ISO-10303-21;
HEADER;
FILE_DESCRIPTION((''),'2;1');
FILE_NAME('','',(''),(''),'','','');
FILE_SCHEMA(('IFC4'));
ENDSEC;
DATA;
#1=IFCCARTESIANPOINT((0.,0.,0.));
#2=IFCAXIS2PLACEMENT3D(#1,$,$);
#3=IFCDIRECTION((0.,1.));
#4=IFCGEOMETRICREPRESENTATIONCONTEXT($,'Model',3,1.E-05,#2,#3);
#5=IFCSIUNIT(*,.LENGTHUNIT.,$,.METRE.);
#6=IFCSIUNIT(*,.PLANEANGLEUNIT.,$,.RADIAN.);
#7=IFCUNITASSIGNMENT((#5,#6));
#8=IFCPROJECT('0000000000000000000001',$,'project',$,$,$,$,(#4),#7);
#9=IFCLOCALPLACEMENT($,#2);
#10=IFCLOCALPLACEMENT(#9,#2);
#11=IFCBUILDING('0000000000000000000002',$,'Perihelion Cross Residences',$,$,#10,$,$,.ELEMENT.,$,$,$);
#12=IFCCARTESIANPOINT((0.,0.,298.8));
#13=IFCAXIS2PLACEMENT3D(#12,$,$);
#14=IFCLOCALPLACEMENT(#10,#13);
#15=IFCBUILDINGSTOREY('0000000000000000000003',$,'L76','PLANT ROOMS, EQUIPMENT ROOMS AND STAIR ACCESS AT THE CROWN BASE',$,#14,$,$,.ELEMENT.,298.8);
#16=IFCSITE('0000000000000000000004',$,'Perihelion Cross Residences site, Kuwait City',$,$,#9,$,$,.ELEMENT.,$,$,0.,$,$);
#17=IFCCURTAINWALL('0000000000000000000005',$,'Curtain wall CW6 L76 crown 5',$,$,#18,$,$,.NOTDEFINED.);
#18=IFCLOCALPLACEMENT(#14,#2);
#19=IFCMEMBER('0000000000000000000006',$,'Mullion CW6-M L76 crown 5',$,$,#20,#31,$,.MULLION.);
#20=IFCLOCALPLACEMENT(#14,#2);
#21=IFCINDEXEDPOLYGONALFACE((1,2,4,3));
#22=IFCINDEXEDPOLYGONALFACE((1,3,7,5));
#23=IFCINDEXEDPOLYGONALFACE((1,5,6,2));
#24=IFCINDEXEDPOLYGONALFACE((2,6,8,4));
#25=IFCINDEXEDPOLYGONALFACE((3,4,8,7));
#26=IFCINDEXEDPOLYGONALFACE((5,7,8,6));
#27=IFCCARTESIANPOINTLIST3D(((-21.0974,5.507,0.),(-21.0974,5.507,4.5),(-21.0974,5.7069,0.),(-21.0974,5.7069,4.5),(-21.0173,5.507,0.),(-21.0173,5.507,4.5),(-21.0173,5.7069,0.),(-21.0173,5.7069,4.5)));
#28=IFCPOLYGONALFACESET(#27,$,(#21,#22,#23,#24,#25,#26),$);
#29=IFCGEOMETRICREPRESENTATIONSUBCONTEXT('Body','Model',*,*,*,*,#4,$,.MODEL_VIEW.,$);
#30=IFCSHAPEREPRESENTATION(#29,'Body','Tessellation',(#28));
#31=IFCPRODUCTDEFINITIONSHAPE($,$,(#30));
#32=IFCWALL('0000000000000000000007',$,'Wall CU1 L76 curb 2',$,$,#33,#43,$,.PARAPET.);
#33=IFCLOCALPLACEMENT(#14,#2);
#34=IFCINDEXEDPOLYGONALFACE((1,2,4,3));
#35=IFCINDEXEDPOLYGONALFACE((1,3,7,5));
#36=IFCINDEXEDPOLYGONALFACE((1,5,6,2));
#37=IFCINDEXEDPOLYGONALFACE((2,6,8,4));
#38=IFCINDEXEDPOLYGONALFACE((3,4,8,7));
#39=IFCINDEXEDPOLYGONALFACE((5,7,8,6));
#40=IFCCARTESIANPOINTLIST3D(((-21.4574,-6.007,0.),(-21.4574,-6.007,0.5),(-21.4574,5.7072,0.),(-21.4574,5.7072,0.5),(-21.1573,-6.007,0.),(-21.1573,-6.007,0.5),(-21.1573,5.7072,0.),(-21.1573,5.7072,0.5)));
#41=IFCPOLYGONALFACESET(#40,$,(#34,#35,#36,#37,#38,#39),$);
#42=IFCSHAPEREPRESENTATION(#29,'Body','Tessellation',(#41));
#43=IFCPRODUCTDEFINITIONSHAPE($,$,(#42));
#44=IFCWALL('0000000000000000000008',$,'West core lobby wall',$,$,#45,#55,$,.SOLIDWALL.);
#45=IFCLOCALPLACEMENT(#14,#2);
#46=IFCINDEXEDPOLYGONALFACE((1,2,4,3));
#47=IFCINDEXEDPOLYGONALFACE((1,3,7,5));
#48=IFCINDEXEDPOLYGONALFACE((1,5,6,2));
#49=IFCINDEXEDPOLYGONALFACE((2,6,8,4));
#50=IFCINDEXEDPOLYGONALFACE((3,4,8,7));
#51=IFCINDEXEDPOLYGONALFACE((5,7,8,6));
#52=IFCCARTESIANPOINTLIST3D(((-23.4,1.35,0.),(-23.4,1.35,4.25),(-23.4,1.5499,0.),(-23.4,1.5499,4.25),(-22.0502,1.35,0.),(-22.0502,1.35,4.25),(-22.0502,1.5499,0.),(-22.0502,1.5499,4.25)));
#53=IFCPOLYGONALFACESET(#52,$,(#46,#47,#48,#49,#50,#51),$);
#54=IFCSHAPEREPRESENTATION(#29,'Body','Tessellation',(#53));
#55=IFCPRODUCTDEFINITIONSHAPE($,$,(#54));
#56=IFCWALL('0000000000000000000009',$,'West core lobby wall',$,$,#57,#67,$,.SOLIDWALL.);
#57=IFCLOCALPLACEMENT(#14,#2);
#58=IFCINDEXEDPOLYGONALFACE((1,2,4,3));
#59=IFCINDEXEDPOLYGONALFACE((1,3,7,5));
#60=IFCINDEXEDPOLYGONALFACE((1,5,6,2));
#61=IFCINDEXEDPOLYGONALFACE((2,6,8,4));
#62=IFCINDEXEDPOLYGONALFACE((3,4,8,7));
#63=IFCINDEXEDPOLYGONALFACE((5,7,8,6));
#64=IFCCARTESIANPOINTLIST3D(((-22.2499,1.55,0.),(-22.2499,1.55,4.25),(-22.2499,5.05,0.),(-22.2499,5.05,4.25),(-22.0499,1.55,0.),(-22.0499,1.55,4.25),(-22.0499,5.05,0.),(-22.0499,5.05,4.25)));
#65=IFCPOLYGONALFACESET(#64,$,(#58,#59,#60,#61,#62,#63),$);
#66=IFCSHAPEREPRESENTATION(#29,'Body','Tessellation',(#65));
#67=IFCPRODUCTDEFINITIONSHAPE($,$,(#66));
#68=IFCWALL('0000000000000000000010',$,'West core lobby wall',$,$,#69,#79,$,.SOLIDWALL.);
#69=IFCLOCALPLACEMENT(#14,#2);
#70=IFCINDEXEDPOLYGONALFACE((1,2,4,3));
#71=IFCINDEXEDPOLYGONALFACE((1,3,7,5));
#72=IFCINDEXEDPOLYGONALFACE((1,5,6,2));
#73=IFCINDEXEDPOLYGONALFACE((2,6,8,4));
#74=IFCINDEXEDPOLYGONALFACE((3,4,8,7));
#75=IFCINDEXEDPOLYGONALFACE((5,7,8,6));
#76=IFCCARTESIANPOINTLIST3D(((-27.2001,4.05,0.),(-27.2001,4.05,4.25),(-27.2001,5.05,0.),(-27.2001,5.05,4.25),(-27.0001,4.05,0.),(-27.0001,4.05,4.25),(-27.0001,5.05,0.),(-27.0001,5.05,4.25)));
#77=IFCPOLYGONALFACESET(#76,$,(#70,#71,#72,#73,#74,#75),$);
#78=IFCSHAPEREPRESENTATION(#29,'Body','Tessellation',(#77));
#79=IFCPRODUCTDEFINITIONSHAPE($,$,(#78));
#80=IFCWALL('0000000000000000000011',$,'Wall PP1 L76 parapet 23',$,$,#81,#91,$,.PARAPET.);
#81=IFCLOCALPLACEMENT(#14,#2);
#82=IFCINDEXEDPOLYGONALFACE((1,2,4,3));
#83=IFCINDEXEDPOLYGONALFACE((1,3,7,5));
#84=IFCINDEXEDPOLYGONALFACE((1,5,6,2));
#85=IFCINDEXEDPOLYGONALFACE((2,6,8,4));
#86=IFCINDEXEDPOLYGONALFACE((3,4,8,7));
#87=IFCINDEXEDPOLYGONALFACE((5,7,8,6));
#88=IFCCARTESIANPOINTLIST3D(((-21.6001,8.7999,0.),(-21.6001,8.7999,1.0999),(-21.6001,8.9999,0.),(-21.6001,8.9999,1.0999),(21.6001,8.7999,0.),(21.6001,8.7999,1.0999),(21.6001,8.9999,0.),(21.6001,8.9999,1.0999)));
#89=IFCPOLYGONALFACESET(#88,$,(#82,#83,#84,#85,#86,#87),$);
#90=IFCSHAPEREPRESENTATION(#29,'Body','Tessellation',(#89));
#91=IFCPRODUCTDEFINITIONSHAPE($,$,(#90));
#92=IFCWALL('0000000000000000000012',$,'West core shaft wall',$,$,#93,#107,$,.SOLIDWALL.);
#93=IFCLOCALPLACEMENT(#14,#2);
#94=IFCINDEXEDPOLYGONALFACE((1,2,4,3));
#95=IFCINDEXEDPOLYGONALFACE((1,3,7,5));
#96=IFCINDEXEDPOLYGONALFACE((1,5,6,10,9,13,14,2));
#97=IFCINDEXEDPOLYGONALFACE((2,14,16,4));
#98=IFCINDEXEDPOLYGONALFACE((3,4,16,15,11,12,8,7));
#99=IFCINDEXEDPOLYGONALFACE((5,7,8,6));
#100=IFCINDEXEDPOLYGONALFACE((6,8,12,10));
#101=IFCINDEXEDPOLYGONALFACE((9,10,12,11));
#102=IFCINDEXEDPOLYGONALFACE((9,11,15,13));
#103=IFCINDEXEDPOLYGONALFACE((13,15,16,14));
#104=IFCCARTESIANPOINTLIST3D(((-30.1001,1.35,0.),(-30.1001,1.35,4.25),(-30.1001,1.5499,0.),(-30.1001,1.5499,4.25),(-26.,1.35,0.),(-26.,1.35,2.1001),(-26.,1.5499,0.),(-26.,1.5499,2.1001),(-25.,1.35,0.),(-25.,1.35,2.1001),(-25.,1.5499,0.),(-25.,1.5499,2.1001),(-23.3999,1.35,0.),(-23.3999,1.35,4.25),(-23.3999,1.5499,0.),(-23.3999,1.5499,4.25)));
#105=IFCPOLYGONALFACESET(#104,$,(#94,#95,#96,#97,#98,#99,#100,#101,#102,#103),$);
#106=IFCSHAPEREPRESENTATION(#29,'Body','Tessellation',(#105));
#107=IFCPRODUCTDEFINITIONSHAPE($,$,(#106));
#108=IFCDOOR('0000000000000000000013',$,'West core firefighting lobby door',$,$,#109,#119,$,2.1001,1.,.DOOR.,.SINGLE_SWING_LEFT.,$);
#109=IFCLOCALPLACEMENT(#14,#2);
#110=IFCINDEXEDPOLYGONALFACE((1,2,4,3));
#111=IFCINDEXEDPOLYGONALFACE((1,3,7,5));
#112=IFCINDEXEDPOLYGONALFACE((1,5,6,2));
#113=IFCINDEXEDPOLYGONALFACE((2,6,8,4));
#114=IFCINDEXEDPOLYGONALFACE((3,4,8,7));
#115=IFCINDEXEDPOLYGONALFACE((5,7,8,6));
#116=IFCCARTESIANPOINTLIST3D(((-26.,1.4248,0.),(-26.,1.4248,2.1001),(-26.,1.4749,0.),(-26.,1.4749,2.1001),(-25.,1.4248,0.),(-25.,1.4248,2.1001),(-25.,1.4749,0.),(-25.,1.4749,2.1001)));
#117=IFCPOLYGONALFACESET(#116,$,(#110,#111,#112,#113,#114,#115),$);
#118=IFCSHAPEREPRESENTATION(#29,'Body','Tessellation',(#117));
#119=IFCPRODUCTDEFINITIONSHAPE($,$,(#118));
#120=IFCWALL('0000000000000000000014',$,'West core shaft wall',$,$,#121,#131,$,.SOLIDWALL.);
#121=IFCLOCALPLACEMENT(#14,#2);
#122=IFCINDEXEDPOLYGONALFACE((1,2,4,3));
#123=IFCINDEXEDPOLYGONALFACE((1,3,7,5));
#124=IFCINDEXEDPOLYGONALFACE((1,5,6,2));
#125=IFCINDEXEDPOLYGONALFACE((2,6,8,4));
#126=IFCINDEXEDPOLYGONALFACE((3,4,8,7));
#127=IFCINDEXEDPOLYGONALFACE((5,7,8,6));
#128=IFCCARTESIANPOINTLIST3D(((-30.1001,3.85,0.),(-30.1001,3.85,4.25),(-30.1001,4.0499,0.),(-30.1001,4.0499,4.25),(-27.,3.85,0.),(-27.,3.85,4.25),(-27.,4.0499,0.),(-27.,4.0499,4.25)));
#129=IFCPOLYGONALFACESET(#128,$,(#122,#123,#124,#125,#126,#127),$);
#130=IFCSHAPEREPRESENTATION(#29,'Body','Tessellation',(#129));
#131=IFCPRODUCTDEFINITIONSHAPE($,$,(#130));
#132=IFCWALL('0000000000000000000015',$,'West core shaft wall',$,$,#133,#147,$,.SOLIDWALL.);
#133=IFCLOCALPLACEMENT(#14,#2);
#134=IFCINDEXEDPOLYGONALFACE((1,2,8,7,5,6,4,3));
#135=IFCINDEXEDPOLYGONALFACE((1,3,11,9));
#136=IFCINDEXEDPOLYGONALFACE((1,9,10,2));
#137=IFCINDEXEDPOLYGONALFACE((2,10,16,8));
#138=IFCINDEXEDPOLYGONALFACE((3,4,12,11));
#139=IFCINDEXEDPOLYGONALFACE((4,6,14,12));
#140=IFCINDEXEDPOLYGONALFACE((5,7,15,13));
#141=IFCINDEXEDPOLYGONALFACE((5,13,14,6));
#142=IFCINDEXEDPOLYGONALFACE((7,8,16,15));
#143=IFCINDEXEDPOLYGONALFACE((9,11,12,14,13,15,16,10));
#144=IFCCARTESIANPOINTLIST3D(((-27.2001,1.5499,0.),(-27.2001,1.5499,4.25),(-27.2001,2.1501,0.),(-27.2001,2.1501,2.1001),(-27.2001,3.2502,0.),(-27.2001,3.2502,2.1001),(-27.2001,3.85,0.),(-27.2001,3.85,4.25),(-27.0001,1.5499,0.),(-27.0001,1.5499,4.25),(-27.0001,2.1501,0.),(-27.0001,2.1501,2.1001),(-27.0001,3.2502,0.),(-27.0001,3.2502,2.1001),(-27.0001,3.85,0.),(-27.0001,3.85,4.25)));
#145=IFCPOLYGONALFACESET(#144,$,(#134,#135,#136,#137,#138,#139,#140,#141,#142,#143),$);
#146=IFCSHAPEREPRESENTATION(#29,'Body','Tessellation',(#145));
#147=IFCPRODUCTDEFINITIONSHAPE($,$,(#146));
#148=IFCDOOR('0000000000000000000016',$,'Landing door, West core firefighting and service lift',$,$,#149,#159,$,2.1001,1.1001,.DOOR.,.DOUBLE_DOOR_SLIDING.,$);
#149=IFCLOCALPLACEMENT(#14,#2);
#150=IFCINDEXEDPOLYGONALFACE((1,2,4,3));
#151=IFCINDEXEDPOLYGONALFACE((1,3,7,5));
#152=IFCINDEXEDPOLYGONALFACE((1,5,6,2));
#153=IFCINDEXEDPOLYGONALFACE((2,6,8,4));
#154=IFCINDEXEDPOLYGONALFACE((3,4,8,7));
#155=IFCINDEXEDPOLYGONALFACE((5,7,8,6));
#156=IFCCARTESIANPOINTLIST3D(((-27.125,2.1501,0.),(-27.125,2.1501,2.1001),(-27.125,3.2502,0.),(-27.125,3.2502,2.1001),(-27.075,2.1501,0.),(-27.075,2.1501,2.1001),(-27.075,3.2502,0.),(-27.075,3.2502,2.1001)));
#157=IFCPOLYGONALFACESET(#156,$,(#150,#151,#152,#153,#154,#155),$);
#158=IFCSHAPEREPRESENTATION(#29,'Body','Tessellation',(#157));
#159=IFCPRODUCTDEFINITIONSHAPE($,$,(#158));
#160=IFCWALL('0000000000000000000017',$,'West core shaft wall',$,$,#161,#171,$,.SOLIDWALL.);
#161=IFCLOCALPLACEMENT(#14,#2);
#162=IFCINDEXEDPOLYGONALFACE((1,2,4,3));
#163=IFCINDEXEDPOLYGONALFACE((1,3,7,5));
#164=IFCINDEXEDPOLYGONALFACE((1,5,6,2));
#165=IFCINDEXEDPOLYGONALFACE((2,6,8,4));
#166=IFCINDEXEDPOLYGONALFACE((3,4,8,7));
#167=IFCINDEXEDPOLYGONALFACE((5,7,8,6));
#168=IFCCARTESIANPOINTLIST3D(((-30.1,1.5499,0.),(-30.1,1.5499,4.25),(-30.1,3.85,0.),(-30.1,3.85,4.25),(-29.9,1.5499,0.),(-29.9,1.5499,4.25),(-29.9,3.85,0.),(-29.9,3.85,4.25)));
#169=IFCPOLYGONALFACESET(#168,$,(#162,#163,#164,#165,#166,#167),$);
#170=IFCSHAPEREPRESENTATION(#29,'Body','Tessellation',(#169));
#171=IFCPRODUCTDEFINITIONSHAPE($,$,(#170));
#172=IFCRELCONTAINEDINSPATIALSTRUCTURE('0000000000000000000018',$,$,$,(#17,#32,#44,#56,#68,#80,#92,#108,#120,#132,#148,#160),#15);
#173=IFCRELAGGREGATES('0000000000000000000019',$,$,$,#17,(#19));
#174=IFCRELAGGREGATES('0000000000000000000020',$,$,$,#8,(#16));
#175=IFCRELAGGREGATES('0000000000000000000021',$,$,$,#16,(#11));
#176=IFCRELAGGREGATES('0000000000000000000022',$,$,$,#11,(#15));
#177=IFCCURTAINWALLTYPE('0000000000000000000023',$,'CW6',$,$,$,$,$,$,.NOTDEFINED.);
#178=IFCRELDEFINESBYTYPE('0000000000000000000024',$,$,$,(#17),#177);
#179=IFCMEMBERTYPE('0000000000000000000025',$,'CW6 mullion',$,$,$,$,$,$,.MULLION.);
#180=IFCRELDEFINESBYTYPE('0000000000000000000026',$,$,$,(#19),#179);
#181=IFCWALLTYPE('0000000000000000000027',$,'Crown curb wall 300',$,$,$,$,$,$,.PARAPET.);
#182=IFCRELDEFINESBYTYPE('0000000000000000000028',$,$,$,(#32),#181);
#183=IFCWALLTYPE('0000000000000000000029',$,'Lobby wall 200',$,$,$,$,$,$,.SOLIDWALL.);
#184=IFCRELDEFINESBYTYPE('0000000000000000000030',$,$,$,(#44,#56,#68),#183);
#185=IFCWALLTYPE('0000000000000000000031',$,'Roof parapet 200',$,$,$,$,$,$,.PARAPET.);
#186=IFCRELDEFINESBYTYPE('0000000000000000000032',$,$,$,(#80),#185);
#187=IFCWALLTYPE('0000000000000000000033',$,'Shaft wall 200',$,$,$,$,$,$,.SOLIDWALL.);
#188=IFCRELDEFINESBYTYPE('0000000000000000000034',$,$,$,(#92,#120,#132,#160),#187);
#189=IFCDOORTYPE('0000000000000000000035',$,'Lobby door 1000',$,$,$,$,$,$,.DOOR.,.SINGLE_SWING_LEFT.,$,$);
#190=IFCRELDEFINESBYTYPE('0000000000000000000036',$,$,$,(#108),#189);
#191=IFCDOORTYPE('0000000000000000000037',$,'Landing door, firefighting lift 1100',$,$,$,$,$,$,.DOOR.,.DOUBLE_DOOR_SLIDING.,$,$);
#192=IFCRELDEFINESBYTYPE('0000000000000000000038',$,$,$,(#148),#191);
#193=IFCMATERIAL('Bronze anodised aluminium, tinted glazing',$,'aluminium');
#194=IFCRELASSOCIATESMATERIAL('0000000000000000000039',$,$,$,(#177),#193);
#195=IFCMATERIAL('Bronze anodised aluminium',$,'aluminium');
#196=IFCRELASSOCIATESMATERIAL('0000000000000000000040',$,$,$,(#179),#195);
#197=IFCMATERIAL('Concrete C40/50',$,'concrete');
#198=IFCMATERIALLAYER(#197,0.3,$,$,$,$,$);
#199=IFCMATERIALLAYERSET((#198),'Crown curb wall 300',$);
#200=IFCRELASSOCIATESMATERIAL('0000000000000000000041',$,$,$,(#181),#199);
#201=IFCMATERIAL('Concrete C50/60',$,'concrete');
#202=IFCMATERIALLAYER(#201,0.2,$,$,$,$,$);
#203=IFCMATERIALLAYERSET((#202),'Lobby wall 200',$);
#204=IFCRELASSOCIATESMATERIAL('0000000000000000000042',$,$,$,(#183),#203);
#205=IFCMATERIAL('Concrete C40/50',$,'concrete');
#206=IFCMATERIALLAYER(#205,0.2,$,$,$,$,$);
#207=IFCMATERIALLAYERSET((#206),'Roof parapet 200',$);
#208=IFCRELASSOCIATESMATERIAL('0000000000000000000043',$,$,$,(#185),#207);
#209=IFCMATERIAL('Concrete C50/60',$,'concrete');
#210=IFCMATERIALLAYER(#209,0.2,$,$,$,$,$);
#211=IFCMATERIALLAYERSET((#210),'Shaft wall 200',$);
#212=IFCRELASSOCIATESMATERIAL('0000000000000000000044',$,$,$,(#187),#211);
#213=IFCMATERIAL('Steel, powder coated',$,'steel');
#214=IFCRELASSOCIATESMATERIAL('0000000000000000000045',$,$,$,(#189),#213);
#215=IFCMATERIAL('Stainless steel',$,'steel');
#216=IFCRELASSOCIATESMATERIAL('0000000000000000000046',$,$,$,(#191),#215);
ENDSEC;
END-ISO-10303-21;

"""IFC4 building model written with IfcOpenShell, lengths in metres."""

from ifc_helpers import new_model, si_unit, direction, frame, frame_2d, origin, origin_2d, place, context, subcontext, project, spatial, rectangle, extrude, material, layer, layer_set, material_profile, profile_set, type_object, element, fill, aggregate, save


model = new_model("IFC4")

# Units and contexts
model_context = context("Model", 3, precision=1e-05, world=origin(), true_north=direction((0.0, 1.0)))
body_context = subcontext(model_context, "Body", "Model", "MODEL_VIEW")
ifc_project = project(units=[si_unit("LENGTHUNIT", "METRE"), si_unit("PLANEANGLEUNIT", "RADIAN")], contexts=[model_context])

# Site, building, storey
site_placement = place(None, origin())
site = spatial("IfcSite", under=ifc_project, at=site_placement, Name="Perihelion Cross Residences site, Kuwait City", CompositionType="ELEMENT", RefElevation=0.0)
building_placement = place(site_placement, origin())
building = spatial("IfcBuilding", under=site, at=building_placement, Name="Perihelion Cross Residences", CompositionType="ELEMENT")
storey_placement = place(building_placement, frame((0.0, 0.0, 298.8)))
storey = spatial("IfcBuildingStorey", under=building, at=storey_placement, Name="L76", Description="PLANT ROOMS, EQUIPMENT ROOMS AND STAIR ACCESS AT THE CROWN BASE", CompositionType="ELEMENT", Elevation=298.8)

# Curtain wall, member
ifc_material_1 = material(Name="Bronze anodised aluminium, tinted glazing", Category="aluminium")
curtain_wall_type = type_object("IfcCurtainWallType", Name="CW6", PredefinedType="NOTDEFINED", material=ifc_material_1)
curtain_wall_placement = place(storey_placement, origin())
curtain_wall = element("IfcCurtainWall", 1, at=curtain_wall_placement, inside=storey, type_object=curtain_wall_type, Name="Curtain wall CW6 L76 crown 5", PredefinedType="NOTDEFINED")
ifc_material_2 = material(Name="Bronze anodised aluminium", Category="aluminium")
ifc_material_profile = material_profile(ifc_material_2, rectangle(XDim=0.0801, YDim=0.2, at=origin_2d()), Name="CW6 mullion")
ifc_profile_set = profile_set([ifc_material_profile], Name="Bronze anodised aluminium")
member_type = type_object("IfcMemberType", Name="CW6 mullion", PredefinedType="MULLION", material=ifc_profile_set)
member_placement = place(storey_placement, frame((-21.0574, 5.6069, 0.0), z_axis=(0.0, 0.0, 1.0), x_axis=(1.0, 0.0, 0.0)))
member = element("IfcMember", 2, at=member_placement, type_object=member_type, Name="Mullion CW6-M L76 crown 5", PredefinedType="MULLION", context=body_context, shape_type="SweptSolid", body=[
    extrude(rectangle(XDim=0.0801, YDim=0.2, at=origin_2d()), origin(), (0.0, 0.0, 1.0), 4.5),
])
aggregate(curtain_wall, [member])

# Walls
ifc_material_3 = material(Name="Concrete C40/50", Category="concrete")
ifc_layer_1 = layer(ifc_material_3, 0.3)
ifc_layer_set_1 = layer_set([ifc_layer_1], Name="Crown curb wall 300")
wall_type_1 = type_object("IfcWallType", Name="Crown curb wall 300", PredefinedType="PARAPET", material=ifc_layer_set_1)
wall_1_placement = place(storey_placement, frame((-21.3074, 5.707, 0.0), z_axis=(0.0, 0.0, 1.0), x_axis=(0.0, -1.0, 0.0)))
element("IfcWall", 3, at=wall_1_placement, inside=storey, type_object=wall_type_1, Name="Wall CU1 L76 curb 2", PredefinedType="PARAPET", context=body_context, shape_type="SweptSolid", body=[
    extrude(rectangle(XDim=11.7141, YDim=0.3, at=frame_2d((5.8569, 0.0))), origin(), (0.0, 0.0, 1.0), 0.5),
])
ifc_material_4 = material(Name="Concrete C50/60", Category="concrete")
ifc_layer_2 = layer(ifc_material_4, 0.2)
ifc_layer_set_2 = layer_set([ifc_layer_2], Name="Lobby wall 200")
wall_type_2 = type_object("IfcWallType", Name="Lobby wall 200", PredefinedType="SOLIDWALL", material=ifc_layer_set_2)
wall_2_placement = place(storey_placement, frame((-23.3999, 1.45, 0.0), z_axis=(0.0, 0.0, 1.0), x_axis=(1.0, 0.0, 0.0)))
element("IfcWall", 4, at=wall_2_placement, inside=storey, type_object=wall_type_2, Name="West core lobby wall", PredefinedType="SOLIDWALL", context=body_context, shape_type="SweptSolid", body=[
    extrude(rectangle(XDim=1.3499, YDim=0.2, at=frame_2d((0.6748, 0.0))), origin(), (0.0, 0.0, 1.0), 4.25),
])
wall_3_placement = place(storey_placement, frame((-22.1499, 1.55, 0.0), z_axis=(0.0, 0.0, 1.0), x_axis=(0.0, 1.0, 0.0)))
element("IfcWall", 5, at=wall_3_placement, inside=storey, type_object=wall_type_2, Name="West core lobby wall", PredefinedType="SOLIDWALL", context=body_context, shape_type="SweptSolid", body=[
    extrude(rectangle(XDim=3.5, YDim=0.2, at=frame_2d((1.75, 0.0))), origin(), (0.0, 0.0, 1.0), 4.25),
])
wall_4_placement = place(storey_placement, frame((-27.1001, 4.05, 0.0), z_axis=(0.0, 0.0, 1.0), x_axis=(0.0, 1.0, 0.0)))
element("IfcWall", 6, at=wall_4_placement, inside=storey, type_object=wall_type_2, Name="West core lobby wall", PredefinedType="SOLIDWALL", context=body_context, shape_type="SweptSolid", body=[
    extrude(rectangle(XDim=1.0, YDim=0.2, at=frame_2d((0.5, 0.0))), origin(), (0.0, 0.0, 1.0), 4.25),
])
ifc_material_5 = material(Name="Concrete C40/50", Category="concrete")
ifc_layer_3 = layer(ifc_material_5, 0.2)
ifc_layer_set_3 = layer_set([ifc_layer_3], Name="Roof parapet 200")
wall_type_3 = type_object("IfcWallType", Name="Roof parapet 200", PredefinedType="PARAPET", material=ifc_layer_set_3)
wall_5_placement = place(storey_placement, frame((-21.6001, 8.8999, 0.0), z_axis=(0.0, 0.0, 1.0), x_axis=(1.0, 0.0, 0.0)))
element("IfcWall", 7, at=wall_5_placement, inside=storey, type_object=wall_type_3, Name="Wall PP1 L76 parapet 23", PredefinedType="PARAPET", context=body_context, shape_type="SweptSolid", body=[
    extrude(rectangle(XDim=43.2002, YDim=0.2, at=frame_2d((21.6001, 0.0))), origin(), (0.0, 0.0, 1.0), 1.0999),
])

# Wall, opening, door
ifc_material_6 = material(Name="Concrete C50/60", Category="concrete")
ifc_layer_4 = layer(ifc_material_6, 0.2)
ifc_layer_set_4 = layer_set([ifc_layer_4], Name="Shaft wall 200")
wall_type_4 = type_object("IfcWallType", Name="Shaft wall 200", PredefinedType="SOLIDWALL", material=ifc_layer_set_4)
wall_6_placement = place(storey_placement, frame((-30.1001, 1.45, 0.0), z_axis=(0.0, 0.0, 1.0), x_axis=(1.0, 0.0, 0.0)))
wall_6 = element("IfcWall", 8, at=wall_6_placement, inside=storey, type_object=wall_type_4, Name="West core shaft wall", PredefinedType="SOLIDWALL", context=body_context, shape_type="SweptSolid", body=[
    extrude(rectangle(XDim=6.7002, YDim=0.2, at=frame_2d((3.3501, 0.0))), origin(), (0.0, 0.0, 1.0), 4.25),
])
opening_1_placement = place(wall_6_placement, frame((4.1001, 0.0, 0.0)))
opening_1 = element("IfcOpeningElement", 9, at=opening_1_placement, cuts=wall_6, PredefinedType="OPENING", context=body_context, shape_type="SweptSolid", body=[
    extrude(rectangle(XDim=1.0, YDim=2.1001, at=frame_2d((0.5, 1.05))), frame((0.0, 0.1099, 0.0), z_axis=(0.0, -1.0, 0.0), x_axis=(1.0, 0.0, 0.0)), (0.0, 0.0, 1.0), 0.22),
])
ifc_material_7 = material(Name="Steel, powder coated", Category="steel")
door_type_1 = type_object("IfcDoorType", Name="Lobby door 1000", OperationType="SINGLE_SWING_LEFT", PredefinedType="DOOR", material=ifc_material_7)
door_1_placement = place(opening_1_placement, origin())
door_1 = element("IfcDoor", 10, at=door_1_placement, inside=storey, type_object=door_type_1, Name="West core firefighting lobby door", OperationType="SINGLE_SWING_LEFT", OverallHeight=2.1001, OverallWidth=1.0, PredefinedType="DOOR", context=body_context, shape_type="SweptSolid", body=[
    extrude(rectangle(XDim=1.0, YDim=2.1001, at=frame_2d((0.5, 1.05))), frame((0.0, 0.0249, 0.0), z_axis=(0.0, -1.0, 0.0), x_axis=(1.0, 0.0, 0.0)), (0.0, 0.0, 1.0), 0.05),
])
fill(opening_1, door_1)

# Wall
wall_7_placement = place(storey_placement, frame((-30.1001, 3.95, 0.0), z_axis=(0.0, 0.0, 1.0), x_axis=(1.0, 0.0, 0.0)))
element("IfcWall", 11, at=wall_7_placement, inside=storey, type_object=wall_type_4, Name="West core shaft wall", PredefinedType="SOLIDWALL", context=body_context, shape_type="SweptSolid", body=[
    extrude(rectangle(XDim=3.1001, YDim=0.2, at=frame_2d((1.55, 0.0))), origin(), (0.0, 0.0, 1.0), 4.25),
])

# Wall, opening, door
wall_8_placement = place(storey_placement, frame((-27.1001, 1.55, 0.0), z_axis=(0.0, 0.0, 1.0), x_axis=(0.0, 1.0, 0.0)))
wall_8 = element("IfcWall", 12, at=wall_8_placement, inside=storey, type_object=wall_type_4, Name="West core shaft wall", PredefinedType="SOLIDWALL", context=body_context, shape_type="SweptSolid", body=[
    extrude(rectangle(XDim=2.3, YDim=0.2, at=frame_2d((1.1499, 0.0))), origin(), (0.0, 0.0, 1.0), 4.25),
])
opening_2_placement = place(wall_8_placement, frame((0.6001, 0.0, 0.0)))
opening_2 = element("IfcOpeningElement", 13, at=opening_2_placement, cuts=wall_8, PredefinedType="OPENING", context=body_context, shape_type="SweptSolid", body=[
    extrude(rectangle(XDim=1.1001, YDim=2.1001, at=frame_2d((0.55, 1.05))), frame((0.0, 0.1099, 0.0), z_axis=(0.0, -1.0, 0.0), x_axis=(1.0, 0.0, 0.0)), (0.0, 0.0, 1.0), 0.22),
])
ifc_material_8 = material(Name="Stainless steel", Category="steel")
door_type_2 = type_object("IfcDoorType", Name="Landing door, firefighting lift 1100", OperationType="DOUBLE_DOOR_SLIDING", PredefinedType="DOOR", material=ifc_material_8)
door_2_placement = place(opening_2_placement, origin())
door_2 = element("IfcDoor", 14, at=door_2_placement, inside=storey, type_object=door_type_2, Name="Landing door, West core firefighting and service lift", OperationType="DOUBLE_DOOR_SLIDING", OverallHeight=2.1001, OverallWidth=1.1001, PredefinedType="DOOR", context=body_context, shape_type="SweptSolid", body=[
    extrude(rectangle(XDim=1.1001, YDim=2.1001, at=frame_2d((0.55, 1.05))), frame((0.0, 0.0249, 0.0), z_axis=(0.0, -1.0, 0.0), x_axis=(1.0, 0.0, 0.0)), (0.0, 0.0, 1.0), 0.05),
])
fill(opening_2, door_2)

# Wall
wall_9_placement = place(storey_placement, frame((-30.0, 1.55, 0.0), z_axis=(0.0, 0.0, 1.0), x_axis=(0.0, 1.0, 0.0)))
element("IfcWall", 15, at=wall_9_placement, inside=storey, type_object=wall_type_4, Name="West core shaft wall", PredefinedType="SOLIDWALL", context=body_context, shape_type="SweptSolid", body=[
    extrude(rectangle(XDim=2.3, YDim=0.2, at=frame_2d((1.1499, 0.0))), origin(), (0.0, 0.0, 1.0), 4.25),
])

save(model, "model.ifc")
